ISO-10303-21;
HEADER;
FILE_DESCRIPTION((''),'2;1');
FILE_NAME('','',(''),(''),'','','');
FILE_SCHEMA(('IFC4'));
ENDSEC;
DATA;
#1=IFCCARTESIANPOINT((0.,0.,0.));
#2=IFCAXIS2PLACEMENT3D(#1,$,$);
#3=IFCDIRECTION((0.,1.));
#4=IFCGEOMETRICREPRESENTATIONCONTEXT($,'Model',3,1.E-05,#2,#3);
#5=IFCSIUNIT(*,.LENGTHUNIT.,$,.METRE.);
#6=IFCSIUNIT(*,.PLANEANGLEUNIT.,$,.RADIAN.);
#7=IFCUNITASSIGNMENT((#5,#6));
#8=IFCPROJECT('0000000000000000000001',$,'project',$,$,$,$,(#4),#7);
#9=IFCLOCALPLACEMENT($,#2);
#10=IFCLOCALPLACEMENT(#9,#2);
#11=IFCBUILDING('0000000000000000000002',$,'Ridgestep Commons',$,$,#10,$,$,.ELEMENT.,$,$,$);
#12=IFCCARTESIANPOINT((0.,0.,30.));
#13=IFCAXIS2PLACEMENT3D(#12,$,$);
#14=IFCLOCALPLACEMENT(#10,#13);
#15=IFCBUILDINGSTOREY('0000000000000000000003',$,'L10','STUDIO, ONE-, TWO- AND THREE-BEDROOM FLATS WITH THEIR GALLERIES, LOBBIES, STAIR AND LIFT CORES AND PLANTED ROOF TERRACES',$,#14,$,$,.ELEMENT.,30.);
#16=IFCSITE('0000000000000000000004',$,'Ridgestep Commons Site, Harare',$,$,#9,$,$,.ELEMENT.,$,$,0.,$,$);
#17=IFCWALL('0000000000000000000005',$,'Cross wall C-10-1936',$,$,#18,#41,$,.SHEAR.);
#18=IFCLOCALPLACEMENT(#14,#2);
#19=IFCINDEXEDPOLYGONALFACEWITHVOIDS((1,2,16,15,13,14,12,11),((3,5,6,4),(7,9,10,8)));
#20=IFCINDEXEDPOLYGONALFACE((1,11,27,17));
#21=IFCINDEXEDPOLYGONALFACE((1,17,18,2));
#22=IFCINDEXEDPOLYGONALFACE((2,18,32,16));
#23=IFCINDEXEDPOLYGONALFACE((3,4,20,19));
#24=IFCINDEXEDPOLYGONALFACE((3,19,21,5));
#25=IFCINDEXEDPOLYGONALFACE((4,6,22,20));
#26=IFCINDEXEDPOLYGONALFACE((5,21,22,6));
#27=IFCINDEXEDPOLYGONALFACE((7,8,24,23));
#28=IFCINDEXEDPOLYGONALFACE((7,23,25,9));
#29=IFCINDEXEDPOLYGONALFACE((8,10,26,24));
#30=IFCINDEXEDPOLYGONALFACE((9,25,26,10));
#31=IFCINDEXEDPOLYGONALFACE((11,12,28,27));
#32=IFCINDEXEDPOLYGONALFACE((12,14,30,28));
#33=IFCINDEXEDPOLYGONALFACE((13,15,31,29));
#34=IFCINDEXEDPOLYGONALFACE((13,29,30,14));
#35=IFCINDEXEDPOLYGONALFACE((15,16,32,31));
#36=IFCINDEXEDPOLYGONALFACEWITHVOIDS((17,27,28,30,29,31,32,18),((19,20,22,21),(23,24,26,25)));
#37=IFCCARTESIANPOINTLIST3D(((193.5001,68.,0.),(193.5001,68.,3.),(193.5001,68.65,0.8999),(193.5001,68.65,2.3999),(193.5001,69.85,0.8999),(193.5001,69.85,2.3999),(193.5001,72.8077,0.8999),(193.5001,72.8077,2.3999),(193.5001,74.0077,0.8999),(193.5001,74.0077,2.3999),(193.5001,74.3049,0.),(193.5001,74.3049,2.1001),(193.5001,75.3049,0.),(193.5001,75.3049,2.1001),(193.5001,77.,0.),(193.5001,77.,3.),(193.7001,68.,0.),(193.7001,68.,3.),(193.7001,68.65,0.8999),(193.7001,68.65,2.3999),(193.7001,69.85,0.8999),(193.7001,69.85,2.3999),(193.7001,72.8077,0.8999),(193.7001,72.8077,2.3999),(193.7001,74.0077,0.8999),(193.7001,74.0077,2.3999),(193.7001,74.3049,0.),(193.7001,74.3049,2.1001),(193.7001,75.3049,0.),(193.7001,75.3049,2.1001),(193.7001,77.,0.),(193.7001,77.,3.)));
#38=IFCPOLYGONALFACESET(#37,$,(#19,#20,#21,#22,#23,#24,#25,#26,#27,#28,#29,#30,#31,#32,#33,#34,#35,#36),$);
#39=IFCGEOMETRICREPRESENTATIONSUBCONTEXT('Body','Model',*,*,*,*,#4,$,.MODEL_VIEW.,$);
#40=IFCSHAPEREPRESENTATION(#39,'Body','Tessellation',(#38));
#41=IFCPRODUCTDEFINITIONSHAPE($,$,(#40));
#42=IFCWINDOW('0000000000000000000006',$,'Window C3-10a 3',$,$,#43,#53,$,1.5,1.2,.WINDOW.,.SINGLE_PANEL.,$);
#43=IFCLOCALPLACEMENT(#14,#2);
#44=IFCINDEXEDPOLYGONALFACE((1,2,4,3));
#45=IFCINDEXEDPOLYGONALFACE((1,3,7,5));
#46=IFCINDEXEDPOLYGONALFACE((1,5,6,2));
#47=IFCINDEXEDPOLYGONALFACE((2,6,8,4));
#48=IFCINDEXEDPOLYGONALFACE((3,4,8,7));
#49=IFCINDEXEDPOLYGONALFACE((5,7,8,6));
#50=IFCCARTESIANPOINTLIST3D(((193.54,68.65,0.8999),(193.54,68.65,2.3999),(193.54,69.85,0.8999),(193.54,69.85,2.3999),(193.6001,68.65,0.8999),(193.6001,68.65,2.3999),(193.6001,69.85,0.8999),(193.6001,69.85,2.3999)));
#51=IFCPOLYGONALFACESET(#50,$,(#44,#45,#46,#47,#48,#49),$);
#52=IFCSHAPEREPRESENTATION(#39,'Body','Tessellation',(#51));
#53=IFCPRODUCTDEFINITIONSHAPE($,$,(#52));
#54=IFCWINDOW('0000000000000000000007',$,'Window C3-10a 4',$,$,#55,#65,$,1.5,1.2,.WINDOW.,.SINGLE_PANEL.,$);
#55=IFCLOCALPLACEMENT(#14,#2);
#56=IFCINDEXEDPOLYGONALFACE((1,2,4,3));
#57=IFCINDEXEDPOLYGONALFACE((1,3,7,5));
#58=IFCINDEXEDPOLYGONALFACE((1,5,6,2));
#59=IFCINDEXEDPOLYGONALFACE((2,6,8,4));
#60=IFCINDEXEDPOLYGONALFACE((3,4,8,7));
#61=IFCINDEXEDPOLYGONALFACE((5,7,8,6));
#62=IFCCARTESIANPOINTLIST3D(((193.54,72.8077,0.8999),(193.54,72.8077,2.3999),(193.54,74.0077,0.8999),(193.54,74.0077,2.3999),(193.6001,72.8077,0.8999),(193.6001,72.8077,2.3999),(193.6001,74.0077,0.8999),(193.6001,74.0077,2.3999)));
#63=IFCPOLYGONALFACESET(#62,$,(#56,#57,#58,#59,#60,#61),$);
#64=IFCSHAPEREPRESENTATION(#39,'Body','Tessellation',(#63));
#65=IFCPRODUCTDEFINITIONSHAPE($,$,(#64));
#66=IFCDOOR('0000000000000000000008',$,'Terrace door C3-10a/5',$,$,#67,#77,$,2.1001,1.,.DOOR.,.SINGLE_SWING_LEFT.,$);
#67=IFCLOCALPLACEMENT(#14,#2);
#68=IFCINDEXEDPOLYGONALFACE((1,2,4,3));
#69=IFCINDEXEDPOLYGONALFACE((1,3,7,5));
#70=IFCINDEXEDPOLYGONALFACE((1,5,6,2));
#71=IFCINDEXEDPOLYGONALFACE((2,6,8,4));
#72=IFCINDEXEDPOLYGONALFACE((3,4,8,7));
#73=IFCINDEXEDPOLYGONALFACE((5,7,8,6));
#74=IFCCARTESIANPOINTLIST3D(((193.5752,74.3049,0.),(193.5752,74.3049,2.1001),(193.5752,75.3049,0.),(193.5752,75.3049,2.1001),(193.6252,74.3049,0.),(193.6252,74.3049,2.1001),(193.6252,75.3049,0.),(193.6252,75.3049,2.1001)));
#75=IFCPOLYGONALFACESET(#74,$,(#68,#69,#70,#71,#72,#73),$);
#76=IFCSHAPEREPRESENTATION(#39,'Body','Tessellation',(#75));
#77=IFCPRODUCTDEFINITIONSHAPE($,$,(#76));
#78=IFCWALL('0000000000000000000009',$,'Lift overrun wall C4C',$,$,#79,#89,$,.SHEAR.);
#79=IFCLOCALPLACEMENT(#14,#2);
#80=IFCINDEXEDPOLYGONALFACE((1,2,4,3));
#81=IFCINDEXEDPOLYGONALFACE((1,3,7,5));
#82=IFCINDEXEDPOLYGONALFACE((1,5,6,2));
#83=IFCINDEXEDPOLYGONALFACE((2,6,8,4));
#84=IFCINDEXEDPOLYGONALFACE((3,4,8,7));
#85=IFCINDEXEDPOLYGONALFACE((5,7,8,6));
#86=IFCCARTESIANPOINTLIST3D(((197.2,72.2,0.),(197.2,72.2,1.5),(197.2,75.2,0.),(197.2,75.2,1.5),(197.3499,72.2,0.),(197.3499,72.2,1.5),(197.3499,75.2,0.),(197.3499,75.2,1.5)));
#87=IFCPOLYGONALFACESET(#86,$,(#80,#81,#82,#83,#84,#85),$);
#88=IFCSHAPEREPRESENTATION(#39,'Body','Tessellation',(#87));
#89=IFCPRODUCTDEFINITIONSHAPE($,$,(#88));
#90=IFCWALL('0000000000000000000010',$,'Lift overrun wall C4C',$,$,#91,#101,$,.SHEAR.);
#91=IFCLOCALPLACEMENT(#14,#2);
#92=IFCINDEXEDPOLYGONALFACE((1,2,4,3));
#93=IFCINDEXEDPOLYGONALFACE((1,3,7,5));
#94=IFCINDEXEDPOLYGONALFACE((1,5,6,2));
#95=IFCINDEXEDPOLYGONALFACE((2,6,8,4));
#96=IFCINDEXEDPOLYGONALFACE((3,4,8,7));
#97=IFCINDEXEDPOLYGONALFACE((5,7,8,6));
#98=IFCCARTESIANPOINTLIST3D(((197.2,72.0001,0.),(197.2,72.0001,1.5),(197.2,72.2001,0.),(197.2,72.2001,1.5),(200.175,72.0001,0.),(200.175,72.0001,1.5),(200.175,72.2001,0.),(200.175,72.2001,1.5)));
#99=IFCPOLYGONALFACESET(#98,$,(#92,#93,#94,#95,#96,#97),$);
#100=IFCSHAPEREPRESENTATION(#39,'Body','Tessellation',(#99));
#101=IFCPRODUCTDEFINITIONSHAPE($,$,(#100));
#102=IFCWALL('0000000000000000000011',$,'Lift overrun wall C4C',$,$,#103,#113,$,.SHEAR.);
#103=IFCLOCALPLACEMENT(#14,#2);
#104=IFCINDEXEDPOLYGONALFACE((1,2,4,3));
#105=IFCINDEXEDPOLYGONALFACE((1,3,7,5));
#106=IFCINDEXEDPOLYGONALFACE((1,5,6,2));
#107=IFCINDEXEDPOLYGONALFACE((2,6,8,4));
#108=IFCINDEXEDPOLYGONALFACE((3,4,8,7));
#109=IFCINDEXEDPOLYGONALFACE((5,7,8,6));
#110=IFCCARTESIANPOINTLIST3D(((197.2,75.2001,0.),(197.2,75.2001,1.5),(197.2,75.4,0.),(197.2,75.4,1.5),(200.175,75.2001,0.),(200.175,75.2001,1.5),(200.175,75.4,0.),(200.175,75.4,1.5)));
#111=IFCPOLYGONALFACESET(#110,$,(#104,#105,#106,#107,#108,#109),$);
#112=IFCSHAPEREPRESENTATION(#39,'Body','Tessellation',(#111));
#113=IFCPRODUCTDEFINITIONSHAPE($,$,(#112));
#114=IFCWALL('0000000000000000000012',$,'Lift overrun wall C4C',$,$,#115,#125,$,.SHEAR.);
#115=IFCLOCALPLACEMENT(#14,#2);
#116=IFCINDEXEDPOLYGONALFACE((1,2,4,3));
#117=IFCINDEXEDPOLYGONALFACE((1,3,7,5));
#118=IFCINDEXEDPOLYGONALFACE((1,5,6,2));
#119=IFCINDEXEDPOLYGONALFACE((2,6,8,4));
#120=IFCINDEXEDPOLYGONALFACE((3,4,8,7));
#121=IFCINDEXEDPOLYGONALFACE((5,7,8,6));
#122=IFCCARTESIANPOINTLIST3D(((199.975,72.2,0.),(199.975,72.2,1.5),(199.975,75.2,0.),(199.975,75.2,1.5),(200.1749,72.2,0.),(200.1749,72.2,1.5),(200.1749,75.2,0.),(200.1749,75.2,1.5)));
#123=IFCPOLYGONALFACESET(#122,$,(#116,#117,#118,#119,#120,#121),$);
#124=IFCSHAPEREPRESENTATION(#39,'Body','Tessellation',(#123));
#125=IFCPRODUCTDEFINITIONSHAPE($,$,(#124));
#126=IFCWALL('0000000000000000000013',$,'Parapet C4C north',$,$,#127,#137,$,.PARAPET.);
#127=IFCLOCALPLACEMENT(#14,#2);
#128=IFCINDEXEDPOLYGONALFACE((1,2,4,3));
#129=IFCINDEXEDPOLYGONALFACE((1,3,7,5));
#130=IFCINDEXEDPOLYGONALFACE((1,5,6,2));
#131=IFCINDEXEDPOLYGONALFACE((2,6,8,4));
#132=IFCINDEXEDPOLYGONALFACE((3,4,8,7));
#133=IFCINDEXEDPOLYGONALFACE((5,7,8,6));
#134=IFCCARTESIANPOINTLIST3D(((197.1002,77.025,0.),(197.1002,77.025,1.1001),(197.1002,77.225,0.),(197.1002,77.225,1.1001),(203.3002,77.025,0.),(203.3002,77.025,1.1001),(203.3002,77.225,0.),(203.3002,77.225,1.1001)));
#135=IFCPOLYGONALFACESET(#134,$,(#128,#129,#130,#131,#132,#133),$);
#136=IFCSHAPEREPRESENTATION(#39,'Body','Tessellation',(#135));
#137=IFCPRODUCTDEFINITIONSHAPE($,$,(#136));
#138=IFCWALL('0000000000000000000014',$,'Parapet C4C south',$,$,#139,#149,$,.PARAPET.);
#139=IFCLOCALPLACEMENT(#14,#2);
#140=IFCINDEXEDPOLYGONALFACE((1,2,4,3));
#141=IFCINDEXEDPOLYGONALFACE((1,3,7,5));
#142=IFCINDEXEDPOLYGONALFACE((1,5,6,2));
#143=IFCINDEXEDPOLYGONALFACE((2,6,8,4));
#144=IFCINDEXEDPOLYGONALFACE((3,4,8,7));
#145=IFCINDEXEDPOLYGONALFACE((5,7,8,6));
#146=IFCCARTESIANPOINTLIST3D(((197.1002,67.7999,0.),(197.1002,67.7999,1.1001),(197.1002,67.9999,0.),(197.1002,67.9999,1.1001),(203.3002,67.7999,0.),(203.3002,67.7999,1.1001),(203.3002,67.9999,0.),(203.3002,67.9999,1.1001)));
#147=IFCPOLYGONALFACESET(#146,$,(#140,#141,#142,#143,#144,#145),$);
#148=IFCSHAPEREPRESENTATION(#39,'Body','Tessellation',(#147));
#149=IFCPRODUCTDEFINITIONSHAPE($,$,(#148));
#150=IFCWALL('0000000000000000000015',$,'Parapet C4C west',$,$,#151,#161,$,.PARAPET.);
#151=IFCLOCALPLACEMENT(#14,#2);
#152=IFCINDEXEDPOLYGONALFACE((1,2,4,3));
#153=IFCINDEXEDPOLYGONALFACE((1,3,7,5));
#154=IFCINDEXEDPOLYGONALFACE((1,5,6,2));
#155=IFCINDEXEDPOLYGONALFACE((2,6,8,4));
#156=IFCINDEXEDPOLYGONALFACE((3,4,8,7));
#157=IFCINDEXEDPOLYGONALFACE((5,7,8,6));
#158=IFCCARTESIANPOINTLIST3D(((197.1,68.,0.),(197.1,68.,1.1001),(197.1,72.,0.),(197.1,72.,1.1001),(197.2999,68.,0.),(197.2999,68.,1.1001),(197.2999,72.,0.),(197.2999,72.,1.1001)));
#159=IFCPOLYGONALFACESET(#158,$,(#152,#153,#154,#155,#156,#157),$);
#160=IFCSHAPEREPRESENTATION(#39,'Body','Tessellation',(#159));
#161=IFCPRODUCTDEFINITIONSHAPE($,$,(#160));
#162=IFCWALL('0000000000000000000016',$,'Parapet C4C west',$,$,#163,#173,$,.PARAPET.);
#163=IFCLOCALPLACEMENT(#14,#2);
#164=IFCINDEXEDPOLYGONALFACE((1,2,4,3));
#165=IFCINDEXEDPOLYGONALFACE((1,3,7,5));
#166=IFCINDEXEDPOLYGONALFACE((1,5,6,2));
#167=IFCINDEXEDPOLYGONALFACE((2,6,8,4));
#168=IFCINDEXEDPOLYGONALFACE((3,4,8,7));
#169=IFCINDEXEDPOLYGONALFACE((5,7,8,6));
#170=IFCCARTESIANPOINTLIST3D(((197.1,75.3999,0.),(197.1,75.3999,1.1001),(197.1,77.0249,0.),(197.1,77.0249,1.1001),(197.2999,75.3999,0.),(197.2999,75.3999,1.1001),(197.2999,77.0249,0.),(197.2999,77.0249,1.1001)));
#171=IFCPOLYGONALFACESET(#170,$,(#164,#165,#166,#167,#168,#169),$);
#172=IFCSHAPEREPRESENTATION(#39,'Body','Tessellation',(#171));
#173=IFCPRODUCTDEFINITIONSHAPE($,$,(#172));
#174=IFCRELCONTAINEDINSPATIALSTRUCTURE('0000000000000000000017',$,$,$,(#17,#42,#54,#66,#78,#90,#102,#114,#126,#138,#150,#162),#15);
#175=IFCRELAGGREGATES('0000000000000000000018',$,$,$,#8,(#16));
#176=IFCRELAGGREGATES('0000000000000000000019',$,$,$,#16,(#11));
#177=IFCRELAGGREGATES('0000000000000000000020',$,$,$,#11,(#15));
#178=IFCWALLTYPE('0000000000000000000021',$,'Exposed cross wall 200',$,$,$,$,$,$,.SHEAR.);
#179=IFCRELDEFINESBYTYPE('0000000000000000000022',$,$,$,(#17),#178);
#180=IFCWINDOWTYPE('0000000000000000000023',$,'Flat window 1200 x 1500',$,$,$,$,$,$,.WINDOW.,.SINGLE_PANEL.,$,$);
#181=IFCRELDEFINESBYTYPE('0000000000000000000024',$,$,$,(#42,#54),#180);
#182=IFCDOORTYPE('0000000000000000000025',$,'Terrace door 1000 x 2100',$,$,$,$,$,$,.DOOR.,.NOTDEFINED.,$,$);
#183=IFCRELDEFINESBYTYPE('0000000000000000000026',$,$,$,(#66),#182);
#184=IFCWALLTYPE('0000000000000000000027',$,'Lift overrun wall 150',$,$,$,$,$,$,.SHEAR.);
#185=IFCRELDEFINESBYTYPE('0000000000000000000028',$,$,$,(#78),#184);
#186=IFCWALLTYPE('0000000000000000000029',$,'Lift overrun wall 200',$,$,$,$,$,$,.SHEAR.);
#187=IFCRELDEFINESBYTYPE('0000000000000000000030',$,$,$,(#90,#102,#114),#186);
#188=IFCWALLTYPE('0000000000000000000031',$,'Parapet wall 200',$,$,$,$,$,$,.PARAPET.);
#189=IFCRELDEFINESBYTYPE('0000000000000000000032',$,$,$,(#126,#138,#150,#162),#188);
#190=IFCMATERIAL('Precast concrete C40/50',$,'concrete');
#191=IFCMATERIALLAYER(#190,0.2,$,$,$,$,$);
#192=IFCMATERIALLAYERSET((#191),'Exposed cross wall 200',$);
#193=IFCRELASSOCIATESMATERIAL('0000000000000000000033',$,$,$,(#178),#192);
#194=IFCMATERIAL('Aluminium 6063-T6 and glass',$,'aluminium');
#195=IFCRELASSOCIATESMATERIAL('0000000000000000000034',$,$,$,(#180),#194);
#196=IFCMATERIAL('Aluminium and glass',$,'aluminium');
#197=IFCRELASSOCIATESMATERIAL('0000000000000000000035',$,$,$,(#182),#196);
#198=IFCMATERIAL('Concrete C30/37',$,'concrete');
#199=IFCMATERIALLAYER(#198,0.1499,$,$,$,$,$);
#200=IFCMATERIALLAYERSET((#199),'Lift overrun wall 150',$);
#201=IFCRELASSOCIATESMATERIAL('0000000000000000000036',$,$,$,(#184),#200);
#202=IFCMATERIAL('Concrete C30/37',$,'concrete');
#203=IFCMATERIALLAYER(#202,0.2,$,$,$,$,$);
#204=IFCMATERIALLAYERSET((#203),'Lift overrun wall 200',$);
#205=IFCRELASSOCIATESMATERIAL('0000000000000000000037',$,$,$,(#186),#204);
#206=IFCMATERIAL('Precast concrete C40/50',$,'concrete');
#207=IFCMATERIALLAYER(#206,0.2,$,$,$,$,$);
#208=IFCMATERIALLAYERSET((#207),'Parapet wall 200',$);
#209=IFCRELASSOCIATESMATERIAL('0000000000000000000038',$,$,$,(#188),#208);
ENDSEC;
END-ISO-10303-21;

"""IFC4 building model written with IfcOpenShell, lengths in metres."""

from ifc_helpers import new_model, si_unit, direction, frame, frame_2d, origin, place, context, subcontext, project, spatial, rectangle, extrude, material, layer, layer_set, type_object, element, fill, save


model = new_model("IFC4")

# Units and contexts
model_context = context("Model", 3, precision=1e-05, world=origin(), true_north=direction((0.0, 1.0)))
body_context = subcontext(model_context, "Body", "Model", "MODEL_VIEW")
ifc_project = project(units=[si_unit("LENGTHUNIT", "METRE"), si_unit("PLANEANGLEUNIT", "RADIAN")], contexts=[model_context])

# Site, building, storey
site_placement = place(None, origin())
site = spatial("IfcSite", under=ifc_project, at=site_placement, Name="Ridgestep Commons Site, Harare", CompositionType="ELEMENT", RefElevation=0.0)
building_placement = place(site_placement, origin())
building = spatial("IfcBuilding", under=site, at=building_placement, Name="Ridgestep Commons", CompositionType="ELEMENT")
storey_placement = place(building_placement, frame((0.0, 0.0, 30.0)))
storey = spatial("IfcBuildingStorey", under=building, at=storey_placement, Name="L10", Description="STUDIO, ONE-, TWO- AND THREE-BEDROOM FLATS WITH THEIR GALLERIES, LOBBIES, STAIR AND LIFT CORES AND PLANTED ROOF TERRACES", CompositionType="ELEMENT", Elevation=30.0)

# Wall, openings, windows, door
ifc_material_1 = material(Name="Precast concrete C40/50", Category="concrete")
ifc_layer_1 = layer(ifc_material_1, 0.2)
ifc_layer_set_1 = layer_set([ifc_layer_1], Name="Exposed cross wall 200")
wall_type_1 = type_object("IfcWallType", Name="Exposed cross wall 200", PredefinedType="SHEAR", material=ifc_layer_set_1)
wall_1_placement = place(storey_placement, frame((193.6001, 68.0, 0.0), z_axis=(0.0, 0.0, 1.0), x_axis=(0.0, 1.0, 0.0)))
wall_1 = element("IfcWall", 1, at=wall_1_placement, inside=storey, type_object=wall_type_1, Name="Cross wall C-10-1936", PredefinedType="SHEAR", context=body_context, shape_type="SweptSolid", body=[
    extrude(rectangle(XDim=9.0, YDim=0.2, at=frame_2d((4.5, 0.0))), origin(), (0.0, 0.0, 1.0), 3.0),
])
opening_1_placement = place(wall_1_placement, frame((0.6499, 0.0, 0.8999)))
opening_1 = element("IfcOpeningElement", 2, at=opening_1_placement, cuts=wall_1, PredefinedType="OPENING", context=body_context, shape_type="SweptSolid", body=[
    extrude(rectangle(XDim=1.2, YDim=1.5, at=frame_2d((0.6001, 0.75))), frame((0.0, 0.1099, 0.0), z_axis=(0.0, -1.0, 0.0), x_axis=(1.0, 0.0, 0.0)), (0.0, 0.0, 1.0), 0.22),
])
opening_2_placement = place(wall_1_placement, frame((4.8076, 0.0, 0.8999)))
opening_2 = element("IfcOpeningElement", 3, at=opening_2_placement, cuts=wall_1, PredefinedType="OPENING", context=body_context, shape_type="SweptSolid", body=[
    extrude(rectangle(XDim=1.2, YDim=1.5, at=frame_2d((0.6001, 0.75))), frame((0.0, 0.1099, 0.0), z_axis=(0.0, -1.0, 0.0), x_axis=(1.0, 0.0, 0.0)), (0.0, 0.0, 1.0), 0.22),
])
opening_3_placement = place(wall_1_placement, frame((6.3049, 0.0, 0.0)))
opening_3 = element("IfcOpeningElement", 4, at=opening_3_placement, cuts=wall_1, PredefinedType="OPENING", context=body_context, shape_type="SweptSolid", body=[
    extrude(rectangle(XDim=1.0, YDim=2.1001, at=frame_2d((0.5, 1.05))), frame((0.0, 0.1099, 0.0), z_axis=(0.0, -1.0, 0.0), x_axis=(1.0, 0.0, 0.0)), (0.0, 0.0, 1.0), 0.22),
])
ifc_material_2 = material(Name="Aluminium 6063-T6 and glass", Category="aluminium")
window_type = type_object("IfcWindowType", Name="Flat window 1200 x 1500", PartitioningType="SINGLE_PANEL", PredefinedType="WINDOW", material=ifc_material_2)
window_1_placement = place(opening_1_placement, origin())
window_1 = element("IfcWindow", 5, at=window_1_placement, inside=storey, type_object=window_type, Name="Window C3-10a 3", OverallHeight=1.5, OverallWidth=1.2, PartitioningType="SINGLE_PANEL", PredefinedType="WINDOW", context=body_context, shape_type="SweptSolid", body=[
    extrude(rectangle(XDim=1.2, YDim=1.5, at=frame_2d((0.6001, 0.75))), frame((0.0, 0.0601, 0.0), z_axis=(0.0, -1.0, 0.0), x_axis=(1.0, 0.0, 0.0)), (0.0, 0.0, 1.0), 0.0601),
])
fill(opening_1, window_1)
window_2_placement = place(opening_2_placement, origin())
window_2 = element("IfcWindow", 6, at=window_2_placement, inside=storey, type_object=window_type, Name="Window C3-10a 4", OverallHeight=1.5, OverallWidth=1.2, PartitioningType="SINGLE_PANEL", PredefinedType="WINDOW", context=body_context, shape_type="SweptSolid", body=[
    extrude(rectangle(XDim=1.2, YDim=1.5, at=frame_2d((0.6001, 0.75))), frame((0.0, 0.0601, 0.0), z_axis=(0.0, -1.0, 0.0), x_axis=(1.0, 0.0, 0.0)), (0.0, 0.0, 1.0), 0.0601),
])
fill(opening_2, window_2)
ifc_material_3 = material(Name="Aluminium and glass", Category="aluminium")
door_type = type_object("IfcDoorType", Name="Terrace door 1000 x 2100", OperationType="NOTDEFINED", PredefinedType="DOOR", material=ifc_material_3)
door_placement = place(opening_3_placement, origin())
door = element("IfcDoor", 7, at=door_placement, inside=storey, type_object=door_type, Name="Terrace door C3-10a/5", OperationType="SINGLE_SWING_LEFT", OverallHeight=2.1001, OverallWidth=1.0, PredefinedType="DOOR", context=body_context, shape_type="SweptSolid", body=[
    extrude(rectangle(XDim=1.0, YDim=2.1001, at=frame_2d((0.5, 1.05))), frame((0.0, 0.0249, 0.0), z_axis=(0.0, -1.0, 0.0), x_axis=(1.0, 0.0, 0.0)), (0.0, 0.0, 1.0), 0.05),
])
fill(opening_3, door)

# Walls
ifc_material_4 = material(Name="Concrete C30/37", Category="concrete")
ifc_layer_2 = layer(ifc_material_4, 0.1499)
ifc_layer_set_2 = layer_set([ifc_layer_2], Name="Lift overrun wall 150")
wall_type_2 = type_object("IfcWallType", Name="Lift overrun wall 150", PredefinedType="SHEAR", material=ifc_layer_set_2)
wall_2_placement = place(storey_placement, frame((197.2749, 72.2, 0.0), z_axis=(0.0, 0.0, 1.0), x_axis=(0.0, 1.0, 0.0)))
element("IfcWall", 8, at=wall_2_placement, inside=storey, type_object=wall_type_2, Name="Lift overrun wall C4C", PredefinedType="SHEAR", context=body_context, shape_type="SweptSolid", body=[
    extrude(rectangle(XDim=3.0, YDim=0.1499, at=frame_2d((1.5, 0.0))), origin(), (0.0, 0.0, 1.0), 1.5),
])
ifc_material_5 = material(Name="Concrete C30/37", Category="concrete")
ifc_layer_3 = layer(ifc_material_5, 0.2)
ifc_layer_set_3 = layer_set([ifc_layer_3], Name="Lift overrun wall 200")
wall_type_3 = type_object("IfcWallType", Name="Lift overrun wall 200", PredefinedType="SHEAR", material=ifc_layer_set_3)
for number, where, z_axis, x_axis, name in (
    (9, (197.2, 72.1001, 0.0), (0.0, 0.0, 1.0), (1.0, 0.0, 0.0), "Lift overrun wall C4C"),
    (10, (197.2, 75.3, 0.0), (0.0, 0.0, 1.0), (1.0, 0.0, 0.0), "Lift overrun wall C4C"),
):
    element("IfcWall", number, at=place(storey_placement, frame(where, z_axis=z_axis, x_axis=x_axis)), inside=storey, type_object=wall_type_3, Name=name, PredefinedType="SHEAR", context=body_context, shape_type="SweptSolid", body=[
        extrude(rectangle(XDim=2.9751, YDim=0.2, at=frame_2d((1.4875, 0.0))), origin(), (0.0, 0.0, 1.0), 1.5),
    ])
wall_3_placement = place(storey_placement, frame((200.075, 72.2, 0.0), z_axis=(0.0, 0.0, 1.0), x_axis=(0.0, 1.0, 0.0)))
element("IfcWall", 11, at=wall_3_placement, inside=storey, type_object=wall_type_3, Name="Lift overrun wall C4C", PredefinedType="SHEAR", context=body_context, shape_type="SweptSolid", body=[
    extrude(rectangle(XDim=3.0, YDim=0.2, at=frame_2d((1.5, 0.0))), origin(), (0.0, 0.0, 1.0), 1.5),
])
ifc_material_6 = material(Name="Precast concrete C40/50", Category="concrete")
ifc_layer_4 = layer(ifc_material_6, 0.2)
ifc_layer_set_4 = layer_set([ifc_layer_4], Name="Parapet wall 200")
wall_type_4 = type_object("IfcWallType", Name="Parapet wall 200", PredefinedType="PARAPET", material=ifc_layer_set_4)
for number, where, z_axis, x_axis, name in (
    (12, (197.1001, 77.125, 0.0), (0.0, 0.0, 1.0), (1.0, 0.0, 0.0), "Parapet C4C north"),
    (13, (197.1001, 67.8999, 0.0), (0.0, 0.0, 1.0), (1.0, 0.0, 0.0), "Parapet C4C south"),
):
    element("IfcWall", number, at=place(storey_placement, frame(where, z_axis=z_axis, x_axis=x_axis)), inside=storey, type_object=wall_type_4, Name=name, PredefinedType="PARAPET", context=body_context, shape_type="SweptSolid", body=[
        extrude(rectangle(XDim=6.2, YDim=0.2, at=frame_2d((3.1001, 0.0))), origin(), (0.0, 0.0, 1.0), 1.1001),
    ])
wall_4_placement = place(storey_placement, frame((197.2, 68.0, 0.0), z_axis=(0.0, 0.0, 1.0), x_axis=(0.0, 1.0, 0.0)))
element("IfcWall", 14, at=wall_4_placement, inside=storey, type_object=wall_type_4, Name="Parapet C4C west", PredefinedType="PARAPET", context=body_context, shape_type="SweptSolid", body=[
    extrude(rectangle(XDim=4.0, YDim=0.2, at=frame_2d((2.0, 0.0))), origin(), (0.0, 0.0, 1.0), 1.1001),
])
wall_5_placement = place(storey_placement, frame((197.2, 75.3999, 0.0), z_axis=(0.0, 0.0, 1.0), x_axis=(0.0, 1.0, 0.0)))
element("IfcWall", 15, at=wall_5_placement, inside=storey, type_object=wall_type_4, Name="Parapet C4C west", PredefinedType="PARAPET", context=body_context, shape_type="SweptSolid", body=[
    extrude(rectangle(XDim=1.625, YDim=0.2, at=frame_2d((0.8125, 0.0))), origin(), (0.0, 0.0, 1.0), 1.1001),
])

save(model, "model.ifc")
